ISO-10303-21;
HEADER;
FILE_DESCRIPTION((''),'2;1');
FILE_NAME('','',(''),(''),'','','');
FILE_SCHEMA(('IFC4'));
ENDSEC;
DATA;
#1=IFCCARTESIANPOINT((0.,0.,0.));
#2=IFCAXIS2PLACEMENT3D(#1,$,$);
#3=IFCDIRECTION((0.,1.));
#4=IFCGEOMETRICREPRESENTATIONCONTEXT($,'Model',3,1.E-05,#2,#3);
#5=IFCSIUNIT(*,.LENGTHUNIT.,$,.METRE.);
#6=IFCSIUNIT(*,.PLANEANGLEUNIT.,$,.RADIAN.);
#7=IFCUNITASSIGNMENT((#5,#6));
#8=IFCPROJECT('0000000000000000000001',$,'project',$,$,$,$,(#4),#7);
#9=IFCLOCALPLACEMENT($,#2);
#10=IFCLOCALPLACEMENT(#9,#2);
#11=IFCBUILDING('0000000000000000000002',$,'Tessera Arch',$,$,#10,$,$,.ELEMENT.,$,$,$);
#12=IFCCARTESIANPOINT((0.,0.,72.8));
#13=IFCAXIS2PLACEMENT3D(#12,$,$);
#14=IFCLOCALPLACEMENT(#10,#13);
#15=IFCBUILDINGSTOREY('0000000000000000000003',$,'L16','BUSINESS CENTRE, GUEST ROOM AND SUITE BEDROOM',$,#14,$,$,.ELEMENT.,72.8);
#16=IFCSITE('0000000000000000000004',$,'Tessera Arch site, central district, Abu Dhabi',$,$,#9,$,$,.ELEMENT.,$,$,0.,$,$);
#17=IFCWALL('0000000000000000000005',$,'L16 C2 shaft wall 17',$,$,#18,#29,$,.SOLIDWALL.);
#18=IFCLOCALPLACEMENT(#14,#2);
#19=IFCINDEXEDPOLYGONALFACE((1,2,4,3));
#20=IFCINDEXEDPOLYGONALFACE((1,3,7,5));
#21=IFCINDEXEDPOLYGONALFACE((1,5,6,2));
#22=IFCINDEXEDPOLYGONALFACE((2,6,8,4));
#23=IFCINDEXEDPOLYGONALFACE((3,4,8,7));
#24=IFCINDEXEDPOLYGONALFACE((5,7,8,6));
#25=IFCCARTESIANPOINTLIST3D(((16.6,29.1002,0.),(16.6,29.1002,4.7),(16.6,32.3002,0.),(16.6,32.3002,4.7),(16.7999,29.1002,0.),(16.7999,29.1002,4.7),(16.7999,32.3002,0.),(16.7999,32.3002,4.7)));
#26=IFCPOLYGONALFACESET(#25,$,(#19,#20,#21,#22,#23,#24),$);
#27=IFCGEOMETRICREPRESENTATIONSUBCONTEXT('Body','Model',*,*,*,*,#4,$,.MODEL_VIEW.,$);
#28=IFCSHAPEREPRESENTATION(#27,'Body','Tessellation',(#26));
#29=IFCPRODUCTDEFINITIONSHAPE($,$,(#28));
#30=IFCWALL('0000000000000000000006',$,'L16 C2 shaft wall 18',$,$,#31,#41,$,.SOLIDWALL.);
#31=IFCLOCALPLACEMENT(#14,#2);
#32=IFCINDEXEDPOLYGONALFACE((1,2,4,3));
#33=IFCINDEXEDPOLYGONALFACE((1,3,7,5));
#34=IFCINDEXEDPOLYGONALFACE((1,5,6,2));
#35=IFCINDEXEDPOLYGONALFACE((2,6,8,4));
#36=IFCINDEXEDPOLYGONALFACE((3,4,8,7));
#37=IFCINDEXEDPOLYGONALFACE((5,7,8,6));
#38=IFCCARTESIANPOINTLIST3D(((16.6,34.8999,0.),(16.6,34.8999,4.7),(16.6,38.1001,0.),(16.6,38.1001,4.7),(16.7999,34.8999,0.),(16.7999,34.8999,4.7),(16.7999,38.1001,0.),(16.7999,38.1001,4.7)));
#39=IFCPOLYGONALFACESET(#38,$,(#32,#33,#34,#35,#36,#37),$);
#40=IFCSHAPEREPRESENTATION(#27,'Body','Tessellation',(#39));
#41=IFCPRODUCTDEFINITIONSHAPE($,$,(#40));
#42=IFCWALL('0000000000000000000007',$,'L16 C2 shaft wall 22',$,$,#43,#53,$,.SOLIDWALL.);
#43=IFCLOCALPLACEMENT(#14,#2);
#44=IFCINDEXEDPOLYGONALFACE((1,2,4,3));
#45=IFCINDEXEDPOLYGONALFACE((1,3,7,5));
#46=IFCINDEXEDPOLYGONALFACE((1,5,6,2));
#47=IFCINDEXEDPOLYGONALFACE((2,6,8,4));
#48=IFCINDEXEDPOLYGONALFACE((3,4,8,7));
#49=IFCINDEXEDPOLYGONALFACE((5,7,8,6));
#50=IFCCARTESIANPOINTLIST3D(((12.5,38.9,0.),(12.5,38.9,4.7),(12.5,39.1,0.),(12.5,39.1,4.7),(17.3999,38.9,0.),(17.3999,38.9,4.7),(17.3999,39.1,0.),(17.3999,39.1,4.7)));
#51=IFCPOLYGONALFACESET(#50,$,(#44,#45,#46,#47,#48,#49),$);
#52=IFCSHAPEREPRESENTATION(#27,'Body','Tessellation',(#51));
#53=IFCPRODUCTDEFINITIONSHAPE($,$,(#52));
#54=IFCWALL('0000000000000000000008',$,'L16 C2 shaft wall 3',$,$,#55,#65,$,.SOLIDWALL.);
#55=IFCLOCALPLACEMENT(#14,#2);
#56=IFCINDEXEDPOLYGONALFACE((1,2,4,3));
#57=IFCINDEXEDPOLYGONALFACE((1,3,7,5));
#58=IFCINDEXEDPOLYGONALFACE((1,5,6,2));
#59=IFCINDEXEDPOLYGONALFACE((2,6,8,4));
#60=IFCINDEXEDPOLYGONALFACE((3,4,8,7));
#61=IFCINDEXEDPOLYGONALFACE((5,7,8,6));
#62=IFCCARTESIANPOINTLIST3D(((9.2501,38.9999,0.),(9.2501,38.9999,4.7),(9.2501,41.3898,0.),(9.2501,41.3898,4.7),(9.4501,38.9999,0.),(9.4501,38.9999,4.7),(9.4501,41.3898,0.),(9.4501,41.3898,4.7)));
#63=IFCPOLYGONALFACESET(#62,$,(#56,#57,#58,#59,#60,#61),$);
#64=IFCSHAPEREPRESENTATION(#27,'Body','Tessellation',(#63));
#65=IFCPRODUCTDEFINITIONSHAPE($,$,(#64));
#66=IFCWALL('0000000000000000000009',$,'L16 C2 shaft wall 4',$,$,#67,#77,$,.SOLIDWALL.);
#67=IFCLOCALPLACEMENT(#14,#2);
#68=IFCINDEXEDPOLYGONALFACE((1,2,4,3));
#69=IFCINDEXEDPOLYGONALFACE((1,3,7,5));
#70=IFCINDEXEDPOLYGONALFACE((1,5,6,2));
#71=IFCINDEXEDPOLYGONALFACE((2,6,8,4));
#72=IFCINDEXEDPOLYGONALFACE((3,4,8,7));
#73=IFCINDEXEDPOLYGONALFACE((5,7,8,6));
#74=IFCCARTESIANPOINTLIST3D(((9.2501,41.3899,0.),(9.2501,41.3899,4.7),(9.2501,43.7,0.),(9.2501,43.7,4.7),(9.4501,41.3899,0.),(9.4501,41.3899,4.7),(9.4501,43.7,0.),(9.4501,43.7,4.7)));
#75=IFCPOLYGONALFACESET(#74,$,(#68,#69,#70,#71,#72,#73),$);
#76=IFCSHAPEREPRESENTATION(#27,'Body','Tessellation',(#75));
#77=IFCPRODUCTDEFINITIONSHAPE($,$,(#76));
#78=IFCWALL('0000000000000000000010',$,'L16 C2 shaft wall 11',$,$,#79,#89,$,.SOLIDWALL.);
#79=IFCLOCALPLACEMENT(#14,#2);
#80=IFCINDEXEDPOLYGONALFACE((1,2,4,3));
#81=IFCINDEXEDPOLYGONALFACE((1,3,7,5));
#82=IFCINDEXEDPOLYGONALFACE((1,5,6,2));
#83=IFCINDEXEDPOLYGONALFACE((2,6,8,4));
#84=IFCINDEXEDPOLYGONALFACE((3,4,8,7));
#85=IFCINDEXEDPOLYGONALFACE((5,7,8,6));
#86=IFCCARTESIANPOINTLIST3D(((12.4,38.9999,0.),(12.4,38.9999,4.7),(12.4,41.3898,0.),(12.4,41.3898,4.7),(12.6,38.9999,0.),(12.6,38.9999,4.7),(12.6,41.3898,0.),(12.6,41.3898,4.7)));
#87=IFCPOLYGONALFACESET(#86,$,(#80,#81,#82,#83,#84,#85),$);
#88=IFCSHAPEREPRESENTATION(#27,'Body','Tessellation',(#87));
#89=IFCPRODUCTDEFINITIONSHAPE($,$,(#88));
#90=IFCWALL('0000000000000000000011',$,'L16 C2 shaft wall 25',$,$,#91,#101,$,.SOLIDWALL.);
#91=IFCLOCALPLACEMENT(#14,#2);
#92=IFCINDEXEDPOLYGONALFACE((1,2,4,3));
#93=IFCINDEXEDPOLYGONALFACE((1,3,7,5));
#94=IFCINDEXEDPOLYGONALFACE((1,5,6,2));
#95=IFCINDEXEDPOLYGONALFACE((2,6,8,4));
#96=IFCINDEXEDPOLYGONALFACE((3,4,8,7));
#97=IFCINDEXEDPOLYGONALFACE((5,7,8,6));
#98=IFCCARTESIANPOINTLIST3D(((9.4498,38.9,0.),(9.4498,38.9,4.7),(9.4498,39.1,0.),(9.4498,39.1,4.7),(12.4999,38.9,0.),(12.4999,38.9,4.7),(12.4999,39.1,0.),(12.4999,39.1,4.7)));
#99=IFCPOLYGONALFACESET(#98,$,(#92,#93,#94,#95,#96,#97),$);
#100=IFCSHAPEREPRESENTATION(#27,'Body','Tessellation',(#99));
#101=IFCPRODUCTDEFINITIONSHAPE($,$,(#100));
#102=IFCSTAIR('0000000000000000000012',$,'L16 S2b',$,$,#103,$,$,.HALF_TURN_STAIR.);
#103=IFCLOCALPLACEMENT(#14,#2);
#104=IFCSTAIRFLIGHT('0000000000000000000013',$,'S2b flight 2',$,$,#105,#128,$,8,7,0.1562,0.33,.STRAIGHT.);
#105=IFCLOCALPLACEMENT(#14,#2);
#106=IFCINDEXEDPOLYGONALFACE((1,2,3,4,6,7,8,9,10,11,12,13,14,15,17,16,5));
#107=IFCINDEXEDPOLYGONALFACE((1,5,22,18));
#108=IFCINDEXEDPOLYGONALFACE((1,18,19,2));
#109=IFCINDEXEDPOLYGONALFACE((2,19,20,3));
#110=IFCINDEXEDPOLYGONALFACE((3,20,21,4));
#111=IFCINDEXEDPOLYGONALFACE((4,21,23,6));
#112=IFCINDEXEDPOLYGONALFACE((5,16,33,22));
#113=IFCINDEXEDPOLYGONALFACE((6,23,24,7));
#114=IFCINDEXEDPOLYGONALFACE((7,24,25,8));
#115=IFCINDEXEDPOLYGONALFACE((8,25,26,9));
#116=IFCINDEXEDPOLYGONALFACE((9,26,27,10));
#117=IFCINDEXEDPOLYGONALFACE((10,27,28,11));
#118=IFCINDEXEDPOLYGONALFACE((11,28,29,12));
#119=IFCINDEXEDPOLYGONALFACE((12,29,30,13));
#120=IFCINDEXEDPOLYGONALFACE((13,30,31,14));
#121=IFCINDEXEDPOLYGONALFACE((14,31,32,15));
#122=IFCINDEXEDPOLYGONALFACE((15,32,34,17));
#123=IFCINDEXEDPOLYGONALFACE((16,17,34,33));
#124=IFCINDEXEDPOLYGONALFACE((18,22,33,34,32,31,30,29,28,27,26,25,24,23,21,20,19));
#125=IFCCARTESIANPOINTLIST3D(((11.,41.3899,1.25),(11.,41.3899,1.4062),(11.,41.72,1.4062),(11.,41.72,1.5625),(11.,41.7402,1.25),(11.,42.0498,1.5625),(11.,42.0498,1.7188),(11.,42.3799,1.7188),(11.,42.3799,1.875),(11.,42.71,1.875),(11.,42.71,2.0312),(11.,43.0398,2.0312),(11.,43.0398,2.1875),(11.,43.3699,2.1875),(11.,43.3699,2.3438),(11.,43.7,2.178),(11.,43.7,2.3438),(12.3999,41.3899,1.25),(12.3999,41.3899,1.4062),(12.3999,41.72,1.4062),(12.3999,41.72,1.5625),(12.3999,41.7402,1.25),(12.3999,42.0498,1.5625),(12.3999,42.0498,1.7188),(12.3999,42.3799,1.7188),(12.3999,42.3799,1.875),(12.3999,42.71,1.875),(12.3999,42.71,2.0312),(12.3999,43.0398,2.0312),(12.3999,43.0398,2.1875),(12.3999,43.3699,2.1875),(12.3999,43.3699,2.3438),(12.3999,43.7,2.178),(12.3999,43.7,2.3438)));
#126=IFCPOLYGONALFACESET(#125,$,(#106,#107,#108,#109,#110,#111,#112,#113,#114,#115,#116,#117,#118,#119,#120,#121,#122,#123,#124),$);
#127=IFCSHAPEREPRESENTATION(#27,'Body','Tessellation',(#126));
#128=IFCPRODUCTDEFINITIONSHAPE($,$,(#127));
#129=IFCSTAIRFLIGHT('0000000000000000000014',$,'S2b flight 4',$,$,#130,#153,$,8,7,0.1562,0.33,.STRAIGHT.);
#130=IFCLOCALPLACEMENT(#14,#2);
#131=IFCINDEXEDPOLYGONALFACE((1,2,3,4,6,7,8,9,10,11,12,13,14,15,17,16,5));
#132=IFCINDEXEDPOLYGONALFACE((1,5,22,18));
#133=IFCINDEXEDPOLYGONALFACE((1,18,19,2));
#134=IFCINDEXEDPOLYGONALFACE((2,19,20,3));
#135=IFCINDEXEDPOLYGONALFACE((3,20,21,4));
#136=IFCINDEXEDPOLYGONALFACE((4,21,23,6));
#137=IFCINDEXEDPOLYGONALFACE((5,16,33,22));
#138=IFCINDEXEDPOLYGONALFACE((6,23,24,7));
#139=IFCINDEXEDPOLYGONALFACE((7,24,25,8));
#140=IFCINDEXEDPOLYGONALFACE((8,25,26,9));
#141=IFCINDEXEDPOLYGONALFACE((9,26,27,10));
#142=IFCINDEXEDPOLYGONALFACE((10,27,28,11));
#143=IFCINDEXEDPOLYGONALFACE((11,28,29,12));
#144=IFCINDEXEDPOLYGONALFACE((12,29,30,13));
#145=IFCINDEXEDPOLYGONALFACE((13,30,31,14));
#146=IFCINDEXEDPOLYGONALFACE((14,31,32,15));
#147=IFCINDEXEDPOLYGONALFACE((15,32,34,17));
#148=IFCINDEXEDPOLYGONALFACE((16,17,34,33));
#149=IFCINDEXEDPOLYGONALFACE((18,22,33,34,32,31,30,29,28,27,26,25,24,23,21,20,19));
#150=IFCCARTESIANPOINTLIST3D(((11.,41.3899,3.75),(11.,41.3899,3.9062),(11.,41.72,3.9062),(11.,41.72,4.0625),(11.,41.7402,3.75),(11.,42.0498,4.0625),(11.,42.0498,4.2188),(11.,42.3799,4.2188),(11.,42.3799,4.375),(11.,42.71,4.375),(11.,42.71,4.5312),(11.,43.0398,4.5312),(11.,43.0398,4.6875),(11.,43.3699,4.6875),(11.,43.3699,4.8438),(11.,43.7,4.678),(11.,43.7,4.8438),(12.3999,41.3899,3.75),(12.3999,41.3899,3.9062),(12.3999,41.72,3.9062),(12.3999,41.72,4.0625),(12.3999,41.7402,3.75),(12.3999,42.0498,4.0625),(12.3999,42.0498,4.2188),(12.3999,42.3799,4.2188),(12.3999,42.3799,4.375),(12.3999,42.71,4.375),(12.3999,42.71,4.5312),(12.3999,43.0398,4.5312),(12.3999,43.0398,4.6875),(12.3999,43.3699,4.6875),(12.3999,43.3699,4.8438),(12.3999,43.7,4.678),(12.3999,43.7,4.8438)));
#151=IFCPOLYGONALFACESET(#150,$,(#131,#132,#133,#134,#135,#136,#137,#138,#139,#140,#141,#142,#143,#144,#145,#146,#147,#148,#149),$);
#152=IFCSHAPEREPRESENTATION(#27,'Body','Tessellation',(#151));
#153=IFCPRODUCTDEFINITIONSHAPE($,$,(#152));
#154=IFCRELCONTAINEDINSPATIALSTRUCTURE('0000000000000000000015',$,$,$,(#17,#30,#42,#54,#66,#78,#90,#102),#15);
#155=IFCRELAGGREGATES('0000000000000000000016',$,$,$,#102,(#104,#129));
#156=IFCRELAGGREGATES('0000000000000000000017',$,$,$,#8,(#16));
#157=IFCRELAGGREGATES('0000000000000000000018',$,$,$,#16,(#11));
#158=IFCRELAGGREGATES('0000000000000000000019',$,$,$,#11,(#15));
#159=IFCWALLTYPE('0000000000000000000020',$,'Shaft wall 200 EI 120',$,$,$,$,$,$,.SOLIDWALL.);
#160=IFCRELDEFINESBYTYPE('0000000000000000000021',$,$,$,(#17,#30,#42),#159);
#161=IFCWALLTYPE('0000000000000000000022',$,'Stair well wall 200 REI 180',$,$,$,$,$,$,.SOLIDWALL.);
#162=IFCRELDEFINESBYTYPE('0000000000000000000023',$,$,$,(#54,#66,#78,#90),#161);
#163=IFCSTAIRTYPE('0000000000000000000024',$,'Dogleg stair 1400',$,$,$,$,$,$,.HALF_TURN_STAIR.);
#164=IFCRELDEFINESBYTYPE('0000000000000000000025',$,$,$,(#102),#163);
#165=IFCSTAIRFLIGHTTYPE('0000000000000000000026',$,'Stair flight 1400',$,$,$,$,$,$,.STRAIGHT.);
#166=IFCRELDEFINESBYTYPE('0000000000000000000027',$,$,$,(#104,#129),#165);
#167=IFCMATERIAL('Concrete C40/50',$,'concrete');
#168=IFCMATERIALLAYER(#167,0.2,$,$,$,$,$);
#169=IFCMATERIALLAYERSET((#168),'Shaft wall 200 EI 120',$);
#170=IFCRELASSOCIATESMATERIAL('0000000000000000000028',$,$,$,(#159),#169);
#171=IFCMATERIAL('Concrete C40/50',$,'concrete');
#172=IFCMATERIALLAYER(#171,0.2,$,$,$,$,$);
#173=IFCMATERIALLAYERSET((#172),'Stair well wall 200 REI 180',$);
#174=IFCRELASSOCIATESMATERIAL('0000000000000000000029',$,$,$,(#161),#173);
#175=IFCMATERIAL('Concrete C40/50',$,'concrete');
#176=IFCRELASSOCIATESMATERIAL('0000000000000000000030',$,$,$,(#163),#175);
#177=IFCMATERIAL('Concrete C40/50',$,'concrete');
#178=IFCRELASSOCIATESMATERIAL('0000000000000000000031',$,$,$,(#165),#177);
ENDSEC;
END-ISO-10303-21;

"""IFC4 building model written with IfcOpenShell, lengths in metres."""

from ifc_helpers import new_model, si_unit, direction, frame, frame_2d, origin, place, context, subcontext, project, spatial, polyline, rectangle, outline, extrude, material, layer, layer_set, type_object, element, aggregate, save


model = new_model("IFC4")

# Units and contexts
model_context = context("Model", 3, precision=1e-05, world=origin(), true_north=direction((0.0, 1.0)))
body_context = subcontext(model_context, "Body", "Model", "MODEL_VIEW")
ifc_project = project(units=[si_unit("LENGTHUNIT", "METRE"), si_unit("PLANEANGLEUNIT", "RADIAN")], contexts=[model_context])

# Site, building, storey
site_placement = place(None, origin())
site = spatial("IfcSite", under=ifc_project, at=site_placement, Name="Tessera Arch site, central district, Abu Dhabi", CompositionType="ELEMENT", RefElevation=0.0)
building_placement = place(site_placement, origin())
building = spatial("IfcBuilding", under=site, at=building_placement, Name="Tessera Arch", CompositionType="ELEMENT")
storey_placement = place(building_placement, frame((0.0, 0.0, 72.8)))
storey = spatial("IfcBuildingStorey", under=building, at=storey_placement, Name="L16", Description="BUSINESS CENTRE, GUEST ROOM AND SUITE BEDROOM", CompositionType="ELEMENT", Elevation=72.8)

# Walls
ifc_material_1 = material(Name="Concrete C40/50", Category="concrete")
ifc_layer_1 = layer(ifc_material_1, 0.2)
ifc_layer_set_1 = layer_set([ifc_layer_1], Name="Shaft wall 200 EI 120")
wall_type_1 = type_object("IfcWallType", Name="Shaft wall 200 EI 120", PredefinedType="SOLIDWALL", material=ifc_layer_set_1)
wall_1_placement = place(storey_placement, frame((16.7, 29.1001, 0.0), z_axis=(0.0, 0.0, 1.0), x_axis=(0.0, 1.0, 0.0)))
element("IfcWall", 1, at=wall_1_placement, inside=storey, type_object=wall_type_1, Name="L16 C2 shaft wall 17", PredefinedType="SOLIDWALL", context=body_context, shape_type="SweptSolid", body=[
    extrude(rectangle(XDim=3.2, YDim=0.2, at=frame_2d((1.6001, 0.0))), origin(), (0.0, 0.0, 1.0), 4.7),
])
wall_2_placement = place(storey_placement, frame((16.7, 34.8999, 0.0), z_axis=(0.0, 0.0, 1.0), x_axis=(0.0, 1.0, 0.0)))
element("IfcWall", 2, at=wall_2_placement, inside=storey, type_object=wall_type_1, Name="L16 C2 shaft wall 18", PredefinedType="SOLIDWALL", context=body_context, shape_type="SweptSolid", body=[
    extrude(rectangle(XDim=3.2002, YDim=0.2, at=frame_2d((1.6001, 0.0))), origin(), (0.0, 0.0, 1.0), 4.7),
])
wall_3_placement = place(storey_placement, frame((12.5, 39.0, 0.0), z_axis=(0.0, 0.0, 1.0), x_axis=(1.0, 0.0, 0.0)))
element("IfcWall", 3, at=wall_3_placement, inside=storey, type_object=wall_type_1, Name="L16 C2 shaft wall 22", PredefinedType="SOLIDWALL", context=body_context, shape_type="SweptSolid", body=[
    extrude(rectangle(XDim=4.8999, YDim=0.2, at=frame_2d((2.45, 0.0))), origin(), (0.0, 0.0, 1.0), 4.7),
])
ifc_material_2 = material(Name="Concrete C40/50", Category="concrete")
ifc_layer_2 = layer(ifc_material_2, 0.2)
ifc_layer_set_2 = layer_set([ifc_layer_2], Name="Stair well wall 200 REI 180")
wall_type_2 = type_object("IfcWallType", Name="Stair well wall 200 REI 180", PredefinedType="SOLIDWALL", material=ifc_layer_set_2)
wall_4_placement = place(storey_placement, frame((9.3501, 39.0, 0.0), z_axis=(0.0, 0.0, 1.0), x_axis=(0.0, 1.0, 0.0)))
element("IfcWall", 4, at=wall_4_placement, inside=storey, type_object=wall_type_2, Name="L16 C2 shaft wall 3", PredefinedType="SOLIDWALL", context=body_context, shape_type="SweptSolid", body=[
    extrude(rectangle(XDim=2.3899, YDim=0.2, at=frame_2d((1.1948, 0.0))), origin(), (0.0, 0.0, 1.0), 4.7),
])
wall_5_placement = place(storey_placement, frame((9.3501, 41.3899, 0.0), z_axis=(0.0, 0.0, 1.0), x_axis=(0.0, 1.0, 0.0)))
element("IfcWall", 5, at=wall_5_placement, inside=storey, type_object=wall_type_2, Name="L16 C2 shaft wall 4", PredefinedType="SOLIDWALL", context=body_context, shape_type="SweptSolid", body=[
    extrude(rectangle(XDim=2.3101, YDim=0.2, at=frame_2d((1.155, 0.0))), origin(), (0.0, 0.0, 1.0), 4.7),
])
wall_6_placement = place(storey_placement, frame((12.5, 39.0, 0.0), z_axis=(0.0, 0.0, 1.0), x_axis=(0.0, 1.0, 0.0)))
element("IfcWall", 6, at=wall_6_placement, inside=storey, type_object=wall_type_2, Name="L16 C2 shaft wall 11", PredefinedType="SOLIDWALL", context=body_context, shape_type="SweptSolid", body=[
    extrude(rectangle(XDim=2.3899, YDim=0.2, at=frame_2d((1.1948, 0.0))), origin(), (0.0, 0.0, 1.0), 4.7),
])
wall_7_placement = place(storey_placement, frame((9.45, 39.0, 0.0), z_axis=(0.0, 0.0, 1.0), x_axis=(1.0, 0.0, 0.0)))
element("IfcWall", 7, at=wall_7_placement, inside=storey, type_object=wall_type_2, Name="L16 C2 shaft wall 25", PredefinedType="SOLIDWALL", context=body_context, shape_type="SweptSolid", body=[
    extrude(rectangle(XDim=3.05, YDim=0.2, at=frame_2d((1.5249, 0.0))), origin(), (0.0, 0.0, 1.0), 4.7),
])

# Stair, stair flights
ifc_material_3 = material(Name="Concrete C40/50", Category="concrete")
stair_type = type_object("IfcStairType", Name="Dogleg stair 1400", PredefinedType="HALF_TURN_STAIR", material=ifc_material_3)
stair_placement = place(storey_placement, origin())
stair = element("IfcStair", 8, at=stair_placement, inside=storey, type_object=stair_type, Name="L16 S2b", PredefinedType="HALF_TURN_STAIR")
ifc_material_4 = material(Name="Concrete C40/50", Category="concrete")
stair_flight_type = type_object("IfcStairFlightType", Name="Stair flight 1400", PredefinedType="STRAIGHT", material=ifc_material_4)
stair_flight_1_placement = place(storey_placement, frame((11.7, 41.3899, 1.25), z_axis=(0.0, 0.0, 1.0), x_axis=(0.0, 1.0, 0.0)))
stair_flight_1 = element("IfcStairFlight", 9, at=stair_flight_1_placement, type_object=stair_flight_type, Name="S2b flight 2", NumberOfRisers=8, NumberOfTreads=7, PredefinedType="STRAIGHT", RiserHeight=0.1562, TreadLength=0.33, context=body_context, shape_type="SweptSolid", body=[
    extrude(outline(polyline([(0.0, 0.0), (0.0, 0.1562), (0.3301, 0.1562), (0.3301, 0.3125), (0.6599, 0.3125), (0.6599, 0.4688), (0.99, 0.4688), (0.99, 0.625), (1.3201, 0.625), (1.3201, 0.7812), (1.6499, 0.7812), (1.6499, 0.9375), (1.98, 0.9375), (1.98, 1.0938), (2.3101, 1.0938), (2.3101, 1.25), (2.3101, 0.928), (0.3503, 0.0), (0.0, 0.0)])), frame((0.0, 0.7, 0.0), z_axis=(0.0, -1.0, 0.0), x_axis=(1.0, 0.0, 0.0)), (0.0, 0.0, 1.0), 1.3999),
])
stair_flight_2_placement = place(storey_placement, frame((11.7, 41.3899, 3.75), z_axis=(0.0, 0.0, 1.0), x_axis=(0.0, 1.0, 0.0)))
stair_flight_2 = element("IfcStairFlight", 10, at=stair_flight_2_placement, type_object=stair_flight_type, Name="S2b flight 4", NumberOfRisers=8, NumberOfTreads=7, PredefinedType="STRAIGHT", RiserHeight=0.1562, TreadLength=0.33, context=body_context, shape_type="SweptSolid", body=[
    extrude(outline(polyline([(0.0, 0.0), (0.0, 0.1562), (0.3301, 0.1562), (0.3301, 0.3125), (0.6599, 0.3125), (0.6599, 0.4688), (0.99, 0.4688), (0.99, 0.625), (1.3201, 0.625), (1.3201, 0.7812), (1.6499, 0.7812), (1.6499, 0.9375), (1.98, 0.9375), (1.98, 1.0938), (2.3101, 1.0938), (2.3101, 1.25), (2.3101, 0.928), (0.3503, 0.0), (0.0, 0.0)])), frame((0.0, 0.7, 0.0), z_axis=(0.0, -1.0, 0.0), x_axis=(1.0, 0.0, 0.0)), (0.0, 0.0, 1.0), 1.3999),
])
aggregate(stair, [stair_flight_1, stair_flight_2])

save(model, "model.ifc")
